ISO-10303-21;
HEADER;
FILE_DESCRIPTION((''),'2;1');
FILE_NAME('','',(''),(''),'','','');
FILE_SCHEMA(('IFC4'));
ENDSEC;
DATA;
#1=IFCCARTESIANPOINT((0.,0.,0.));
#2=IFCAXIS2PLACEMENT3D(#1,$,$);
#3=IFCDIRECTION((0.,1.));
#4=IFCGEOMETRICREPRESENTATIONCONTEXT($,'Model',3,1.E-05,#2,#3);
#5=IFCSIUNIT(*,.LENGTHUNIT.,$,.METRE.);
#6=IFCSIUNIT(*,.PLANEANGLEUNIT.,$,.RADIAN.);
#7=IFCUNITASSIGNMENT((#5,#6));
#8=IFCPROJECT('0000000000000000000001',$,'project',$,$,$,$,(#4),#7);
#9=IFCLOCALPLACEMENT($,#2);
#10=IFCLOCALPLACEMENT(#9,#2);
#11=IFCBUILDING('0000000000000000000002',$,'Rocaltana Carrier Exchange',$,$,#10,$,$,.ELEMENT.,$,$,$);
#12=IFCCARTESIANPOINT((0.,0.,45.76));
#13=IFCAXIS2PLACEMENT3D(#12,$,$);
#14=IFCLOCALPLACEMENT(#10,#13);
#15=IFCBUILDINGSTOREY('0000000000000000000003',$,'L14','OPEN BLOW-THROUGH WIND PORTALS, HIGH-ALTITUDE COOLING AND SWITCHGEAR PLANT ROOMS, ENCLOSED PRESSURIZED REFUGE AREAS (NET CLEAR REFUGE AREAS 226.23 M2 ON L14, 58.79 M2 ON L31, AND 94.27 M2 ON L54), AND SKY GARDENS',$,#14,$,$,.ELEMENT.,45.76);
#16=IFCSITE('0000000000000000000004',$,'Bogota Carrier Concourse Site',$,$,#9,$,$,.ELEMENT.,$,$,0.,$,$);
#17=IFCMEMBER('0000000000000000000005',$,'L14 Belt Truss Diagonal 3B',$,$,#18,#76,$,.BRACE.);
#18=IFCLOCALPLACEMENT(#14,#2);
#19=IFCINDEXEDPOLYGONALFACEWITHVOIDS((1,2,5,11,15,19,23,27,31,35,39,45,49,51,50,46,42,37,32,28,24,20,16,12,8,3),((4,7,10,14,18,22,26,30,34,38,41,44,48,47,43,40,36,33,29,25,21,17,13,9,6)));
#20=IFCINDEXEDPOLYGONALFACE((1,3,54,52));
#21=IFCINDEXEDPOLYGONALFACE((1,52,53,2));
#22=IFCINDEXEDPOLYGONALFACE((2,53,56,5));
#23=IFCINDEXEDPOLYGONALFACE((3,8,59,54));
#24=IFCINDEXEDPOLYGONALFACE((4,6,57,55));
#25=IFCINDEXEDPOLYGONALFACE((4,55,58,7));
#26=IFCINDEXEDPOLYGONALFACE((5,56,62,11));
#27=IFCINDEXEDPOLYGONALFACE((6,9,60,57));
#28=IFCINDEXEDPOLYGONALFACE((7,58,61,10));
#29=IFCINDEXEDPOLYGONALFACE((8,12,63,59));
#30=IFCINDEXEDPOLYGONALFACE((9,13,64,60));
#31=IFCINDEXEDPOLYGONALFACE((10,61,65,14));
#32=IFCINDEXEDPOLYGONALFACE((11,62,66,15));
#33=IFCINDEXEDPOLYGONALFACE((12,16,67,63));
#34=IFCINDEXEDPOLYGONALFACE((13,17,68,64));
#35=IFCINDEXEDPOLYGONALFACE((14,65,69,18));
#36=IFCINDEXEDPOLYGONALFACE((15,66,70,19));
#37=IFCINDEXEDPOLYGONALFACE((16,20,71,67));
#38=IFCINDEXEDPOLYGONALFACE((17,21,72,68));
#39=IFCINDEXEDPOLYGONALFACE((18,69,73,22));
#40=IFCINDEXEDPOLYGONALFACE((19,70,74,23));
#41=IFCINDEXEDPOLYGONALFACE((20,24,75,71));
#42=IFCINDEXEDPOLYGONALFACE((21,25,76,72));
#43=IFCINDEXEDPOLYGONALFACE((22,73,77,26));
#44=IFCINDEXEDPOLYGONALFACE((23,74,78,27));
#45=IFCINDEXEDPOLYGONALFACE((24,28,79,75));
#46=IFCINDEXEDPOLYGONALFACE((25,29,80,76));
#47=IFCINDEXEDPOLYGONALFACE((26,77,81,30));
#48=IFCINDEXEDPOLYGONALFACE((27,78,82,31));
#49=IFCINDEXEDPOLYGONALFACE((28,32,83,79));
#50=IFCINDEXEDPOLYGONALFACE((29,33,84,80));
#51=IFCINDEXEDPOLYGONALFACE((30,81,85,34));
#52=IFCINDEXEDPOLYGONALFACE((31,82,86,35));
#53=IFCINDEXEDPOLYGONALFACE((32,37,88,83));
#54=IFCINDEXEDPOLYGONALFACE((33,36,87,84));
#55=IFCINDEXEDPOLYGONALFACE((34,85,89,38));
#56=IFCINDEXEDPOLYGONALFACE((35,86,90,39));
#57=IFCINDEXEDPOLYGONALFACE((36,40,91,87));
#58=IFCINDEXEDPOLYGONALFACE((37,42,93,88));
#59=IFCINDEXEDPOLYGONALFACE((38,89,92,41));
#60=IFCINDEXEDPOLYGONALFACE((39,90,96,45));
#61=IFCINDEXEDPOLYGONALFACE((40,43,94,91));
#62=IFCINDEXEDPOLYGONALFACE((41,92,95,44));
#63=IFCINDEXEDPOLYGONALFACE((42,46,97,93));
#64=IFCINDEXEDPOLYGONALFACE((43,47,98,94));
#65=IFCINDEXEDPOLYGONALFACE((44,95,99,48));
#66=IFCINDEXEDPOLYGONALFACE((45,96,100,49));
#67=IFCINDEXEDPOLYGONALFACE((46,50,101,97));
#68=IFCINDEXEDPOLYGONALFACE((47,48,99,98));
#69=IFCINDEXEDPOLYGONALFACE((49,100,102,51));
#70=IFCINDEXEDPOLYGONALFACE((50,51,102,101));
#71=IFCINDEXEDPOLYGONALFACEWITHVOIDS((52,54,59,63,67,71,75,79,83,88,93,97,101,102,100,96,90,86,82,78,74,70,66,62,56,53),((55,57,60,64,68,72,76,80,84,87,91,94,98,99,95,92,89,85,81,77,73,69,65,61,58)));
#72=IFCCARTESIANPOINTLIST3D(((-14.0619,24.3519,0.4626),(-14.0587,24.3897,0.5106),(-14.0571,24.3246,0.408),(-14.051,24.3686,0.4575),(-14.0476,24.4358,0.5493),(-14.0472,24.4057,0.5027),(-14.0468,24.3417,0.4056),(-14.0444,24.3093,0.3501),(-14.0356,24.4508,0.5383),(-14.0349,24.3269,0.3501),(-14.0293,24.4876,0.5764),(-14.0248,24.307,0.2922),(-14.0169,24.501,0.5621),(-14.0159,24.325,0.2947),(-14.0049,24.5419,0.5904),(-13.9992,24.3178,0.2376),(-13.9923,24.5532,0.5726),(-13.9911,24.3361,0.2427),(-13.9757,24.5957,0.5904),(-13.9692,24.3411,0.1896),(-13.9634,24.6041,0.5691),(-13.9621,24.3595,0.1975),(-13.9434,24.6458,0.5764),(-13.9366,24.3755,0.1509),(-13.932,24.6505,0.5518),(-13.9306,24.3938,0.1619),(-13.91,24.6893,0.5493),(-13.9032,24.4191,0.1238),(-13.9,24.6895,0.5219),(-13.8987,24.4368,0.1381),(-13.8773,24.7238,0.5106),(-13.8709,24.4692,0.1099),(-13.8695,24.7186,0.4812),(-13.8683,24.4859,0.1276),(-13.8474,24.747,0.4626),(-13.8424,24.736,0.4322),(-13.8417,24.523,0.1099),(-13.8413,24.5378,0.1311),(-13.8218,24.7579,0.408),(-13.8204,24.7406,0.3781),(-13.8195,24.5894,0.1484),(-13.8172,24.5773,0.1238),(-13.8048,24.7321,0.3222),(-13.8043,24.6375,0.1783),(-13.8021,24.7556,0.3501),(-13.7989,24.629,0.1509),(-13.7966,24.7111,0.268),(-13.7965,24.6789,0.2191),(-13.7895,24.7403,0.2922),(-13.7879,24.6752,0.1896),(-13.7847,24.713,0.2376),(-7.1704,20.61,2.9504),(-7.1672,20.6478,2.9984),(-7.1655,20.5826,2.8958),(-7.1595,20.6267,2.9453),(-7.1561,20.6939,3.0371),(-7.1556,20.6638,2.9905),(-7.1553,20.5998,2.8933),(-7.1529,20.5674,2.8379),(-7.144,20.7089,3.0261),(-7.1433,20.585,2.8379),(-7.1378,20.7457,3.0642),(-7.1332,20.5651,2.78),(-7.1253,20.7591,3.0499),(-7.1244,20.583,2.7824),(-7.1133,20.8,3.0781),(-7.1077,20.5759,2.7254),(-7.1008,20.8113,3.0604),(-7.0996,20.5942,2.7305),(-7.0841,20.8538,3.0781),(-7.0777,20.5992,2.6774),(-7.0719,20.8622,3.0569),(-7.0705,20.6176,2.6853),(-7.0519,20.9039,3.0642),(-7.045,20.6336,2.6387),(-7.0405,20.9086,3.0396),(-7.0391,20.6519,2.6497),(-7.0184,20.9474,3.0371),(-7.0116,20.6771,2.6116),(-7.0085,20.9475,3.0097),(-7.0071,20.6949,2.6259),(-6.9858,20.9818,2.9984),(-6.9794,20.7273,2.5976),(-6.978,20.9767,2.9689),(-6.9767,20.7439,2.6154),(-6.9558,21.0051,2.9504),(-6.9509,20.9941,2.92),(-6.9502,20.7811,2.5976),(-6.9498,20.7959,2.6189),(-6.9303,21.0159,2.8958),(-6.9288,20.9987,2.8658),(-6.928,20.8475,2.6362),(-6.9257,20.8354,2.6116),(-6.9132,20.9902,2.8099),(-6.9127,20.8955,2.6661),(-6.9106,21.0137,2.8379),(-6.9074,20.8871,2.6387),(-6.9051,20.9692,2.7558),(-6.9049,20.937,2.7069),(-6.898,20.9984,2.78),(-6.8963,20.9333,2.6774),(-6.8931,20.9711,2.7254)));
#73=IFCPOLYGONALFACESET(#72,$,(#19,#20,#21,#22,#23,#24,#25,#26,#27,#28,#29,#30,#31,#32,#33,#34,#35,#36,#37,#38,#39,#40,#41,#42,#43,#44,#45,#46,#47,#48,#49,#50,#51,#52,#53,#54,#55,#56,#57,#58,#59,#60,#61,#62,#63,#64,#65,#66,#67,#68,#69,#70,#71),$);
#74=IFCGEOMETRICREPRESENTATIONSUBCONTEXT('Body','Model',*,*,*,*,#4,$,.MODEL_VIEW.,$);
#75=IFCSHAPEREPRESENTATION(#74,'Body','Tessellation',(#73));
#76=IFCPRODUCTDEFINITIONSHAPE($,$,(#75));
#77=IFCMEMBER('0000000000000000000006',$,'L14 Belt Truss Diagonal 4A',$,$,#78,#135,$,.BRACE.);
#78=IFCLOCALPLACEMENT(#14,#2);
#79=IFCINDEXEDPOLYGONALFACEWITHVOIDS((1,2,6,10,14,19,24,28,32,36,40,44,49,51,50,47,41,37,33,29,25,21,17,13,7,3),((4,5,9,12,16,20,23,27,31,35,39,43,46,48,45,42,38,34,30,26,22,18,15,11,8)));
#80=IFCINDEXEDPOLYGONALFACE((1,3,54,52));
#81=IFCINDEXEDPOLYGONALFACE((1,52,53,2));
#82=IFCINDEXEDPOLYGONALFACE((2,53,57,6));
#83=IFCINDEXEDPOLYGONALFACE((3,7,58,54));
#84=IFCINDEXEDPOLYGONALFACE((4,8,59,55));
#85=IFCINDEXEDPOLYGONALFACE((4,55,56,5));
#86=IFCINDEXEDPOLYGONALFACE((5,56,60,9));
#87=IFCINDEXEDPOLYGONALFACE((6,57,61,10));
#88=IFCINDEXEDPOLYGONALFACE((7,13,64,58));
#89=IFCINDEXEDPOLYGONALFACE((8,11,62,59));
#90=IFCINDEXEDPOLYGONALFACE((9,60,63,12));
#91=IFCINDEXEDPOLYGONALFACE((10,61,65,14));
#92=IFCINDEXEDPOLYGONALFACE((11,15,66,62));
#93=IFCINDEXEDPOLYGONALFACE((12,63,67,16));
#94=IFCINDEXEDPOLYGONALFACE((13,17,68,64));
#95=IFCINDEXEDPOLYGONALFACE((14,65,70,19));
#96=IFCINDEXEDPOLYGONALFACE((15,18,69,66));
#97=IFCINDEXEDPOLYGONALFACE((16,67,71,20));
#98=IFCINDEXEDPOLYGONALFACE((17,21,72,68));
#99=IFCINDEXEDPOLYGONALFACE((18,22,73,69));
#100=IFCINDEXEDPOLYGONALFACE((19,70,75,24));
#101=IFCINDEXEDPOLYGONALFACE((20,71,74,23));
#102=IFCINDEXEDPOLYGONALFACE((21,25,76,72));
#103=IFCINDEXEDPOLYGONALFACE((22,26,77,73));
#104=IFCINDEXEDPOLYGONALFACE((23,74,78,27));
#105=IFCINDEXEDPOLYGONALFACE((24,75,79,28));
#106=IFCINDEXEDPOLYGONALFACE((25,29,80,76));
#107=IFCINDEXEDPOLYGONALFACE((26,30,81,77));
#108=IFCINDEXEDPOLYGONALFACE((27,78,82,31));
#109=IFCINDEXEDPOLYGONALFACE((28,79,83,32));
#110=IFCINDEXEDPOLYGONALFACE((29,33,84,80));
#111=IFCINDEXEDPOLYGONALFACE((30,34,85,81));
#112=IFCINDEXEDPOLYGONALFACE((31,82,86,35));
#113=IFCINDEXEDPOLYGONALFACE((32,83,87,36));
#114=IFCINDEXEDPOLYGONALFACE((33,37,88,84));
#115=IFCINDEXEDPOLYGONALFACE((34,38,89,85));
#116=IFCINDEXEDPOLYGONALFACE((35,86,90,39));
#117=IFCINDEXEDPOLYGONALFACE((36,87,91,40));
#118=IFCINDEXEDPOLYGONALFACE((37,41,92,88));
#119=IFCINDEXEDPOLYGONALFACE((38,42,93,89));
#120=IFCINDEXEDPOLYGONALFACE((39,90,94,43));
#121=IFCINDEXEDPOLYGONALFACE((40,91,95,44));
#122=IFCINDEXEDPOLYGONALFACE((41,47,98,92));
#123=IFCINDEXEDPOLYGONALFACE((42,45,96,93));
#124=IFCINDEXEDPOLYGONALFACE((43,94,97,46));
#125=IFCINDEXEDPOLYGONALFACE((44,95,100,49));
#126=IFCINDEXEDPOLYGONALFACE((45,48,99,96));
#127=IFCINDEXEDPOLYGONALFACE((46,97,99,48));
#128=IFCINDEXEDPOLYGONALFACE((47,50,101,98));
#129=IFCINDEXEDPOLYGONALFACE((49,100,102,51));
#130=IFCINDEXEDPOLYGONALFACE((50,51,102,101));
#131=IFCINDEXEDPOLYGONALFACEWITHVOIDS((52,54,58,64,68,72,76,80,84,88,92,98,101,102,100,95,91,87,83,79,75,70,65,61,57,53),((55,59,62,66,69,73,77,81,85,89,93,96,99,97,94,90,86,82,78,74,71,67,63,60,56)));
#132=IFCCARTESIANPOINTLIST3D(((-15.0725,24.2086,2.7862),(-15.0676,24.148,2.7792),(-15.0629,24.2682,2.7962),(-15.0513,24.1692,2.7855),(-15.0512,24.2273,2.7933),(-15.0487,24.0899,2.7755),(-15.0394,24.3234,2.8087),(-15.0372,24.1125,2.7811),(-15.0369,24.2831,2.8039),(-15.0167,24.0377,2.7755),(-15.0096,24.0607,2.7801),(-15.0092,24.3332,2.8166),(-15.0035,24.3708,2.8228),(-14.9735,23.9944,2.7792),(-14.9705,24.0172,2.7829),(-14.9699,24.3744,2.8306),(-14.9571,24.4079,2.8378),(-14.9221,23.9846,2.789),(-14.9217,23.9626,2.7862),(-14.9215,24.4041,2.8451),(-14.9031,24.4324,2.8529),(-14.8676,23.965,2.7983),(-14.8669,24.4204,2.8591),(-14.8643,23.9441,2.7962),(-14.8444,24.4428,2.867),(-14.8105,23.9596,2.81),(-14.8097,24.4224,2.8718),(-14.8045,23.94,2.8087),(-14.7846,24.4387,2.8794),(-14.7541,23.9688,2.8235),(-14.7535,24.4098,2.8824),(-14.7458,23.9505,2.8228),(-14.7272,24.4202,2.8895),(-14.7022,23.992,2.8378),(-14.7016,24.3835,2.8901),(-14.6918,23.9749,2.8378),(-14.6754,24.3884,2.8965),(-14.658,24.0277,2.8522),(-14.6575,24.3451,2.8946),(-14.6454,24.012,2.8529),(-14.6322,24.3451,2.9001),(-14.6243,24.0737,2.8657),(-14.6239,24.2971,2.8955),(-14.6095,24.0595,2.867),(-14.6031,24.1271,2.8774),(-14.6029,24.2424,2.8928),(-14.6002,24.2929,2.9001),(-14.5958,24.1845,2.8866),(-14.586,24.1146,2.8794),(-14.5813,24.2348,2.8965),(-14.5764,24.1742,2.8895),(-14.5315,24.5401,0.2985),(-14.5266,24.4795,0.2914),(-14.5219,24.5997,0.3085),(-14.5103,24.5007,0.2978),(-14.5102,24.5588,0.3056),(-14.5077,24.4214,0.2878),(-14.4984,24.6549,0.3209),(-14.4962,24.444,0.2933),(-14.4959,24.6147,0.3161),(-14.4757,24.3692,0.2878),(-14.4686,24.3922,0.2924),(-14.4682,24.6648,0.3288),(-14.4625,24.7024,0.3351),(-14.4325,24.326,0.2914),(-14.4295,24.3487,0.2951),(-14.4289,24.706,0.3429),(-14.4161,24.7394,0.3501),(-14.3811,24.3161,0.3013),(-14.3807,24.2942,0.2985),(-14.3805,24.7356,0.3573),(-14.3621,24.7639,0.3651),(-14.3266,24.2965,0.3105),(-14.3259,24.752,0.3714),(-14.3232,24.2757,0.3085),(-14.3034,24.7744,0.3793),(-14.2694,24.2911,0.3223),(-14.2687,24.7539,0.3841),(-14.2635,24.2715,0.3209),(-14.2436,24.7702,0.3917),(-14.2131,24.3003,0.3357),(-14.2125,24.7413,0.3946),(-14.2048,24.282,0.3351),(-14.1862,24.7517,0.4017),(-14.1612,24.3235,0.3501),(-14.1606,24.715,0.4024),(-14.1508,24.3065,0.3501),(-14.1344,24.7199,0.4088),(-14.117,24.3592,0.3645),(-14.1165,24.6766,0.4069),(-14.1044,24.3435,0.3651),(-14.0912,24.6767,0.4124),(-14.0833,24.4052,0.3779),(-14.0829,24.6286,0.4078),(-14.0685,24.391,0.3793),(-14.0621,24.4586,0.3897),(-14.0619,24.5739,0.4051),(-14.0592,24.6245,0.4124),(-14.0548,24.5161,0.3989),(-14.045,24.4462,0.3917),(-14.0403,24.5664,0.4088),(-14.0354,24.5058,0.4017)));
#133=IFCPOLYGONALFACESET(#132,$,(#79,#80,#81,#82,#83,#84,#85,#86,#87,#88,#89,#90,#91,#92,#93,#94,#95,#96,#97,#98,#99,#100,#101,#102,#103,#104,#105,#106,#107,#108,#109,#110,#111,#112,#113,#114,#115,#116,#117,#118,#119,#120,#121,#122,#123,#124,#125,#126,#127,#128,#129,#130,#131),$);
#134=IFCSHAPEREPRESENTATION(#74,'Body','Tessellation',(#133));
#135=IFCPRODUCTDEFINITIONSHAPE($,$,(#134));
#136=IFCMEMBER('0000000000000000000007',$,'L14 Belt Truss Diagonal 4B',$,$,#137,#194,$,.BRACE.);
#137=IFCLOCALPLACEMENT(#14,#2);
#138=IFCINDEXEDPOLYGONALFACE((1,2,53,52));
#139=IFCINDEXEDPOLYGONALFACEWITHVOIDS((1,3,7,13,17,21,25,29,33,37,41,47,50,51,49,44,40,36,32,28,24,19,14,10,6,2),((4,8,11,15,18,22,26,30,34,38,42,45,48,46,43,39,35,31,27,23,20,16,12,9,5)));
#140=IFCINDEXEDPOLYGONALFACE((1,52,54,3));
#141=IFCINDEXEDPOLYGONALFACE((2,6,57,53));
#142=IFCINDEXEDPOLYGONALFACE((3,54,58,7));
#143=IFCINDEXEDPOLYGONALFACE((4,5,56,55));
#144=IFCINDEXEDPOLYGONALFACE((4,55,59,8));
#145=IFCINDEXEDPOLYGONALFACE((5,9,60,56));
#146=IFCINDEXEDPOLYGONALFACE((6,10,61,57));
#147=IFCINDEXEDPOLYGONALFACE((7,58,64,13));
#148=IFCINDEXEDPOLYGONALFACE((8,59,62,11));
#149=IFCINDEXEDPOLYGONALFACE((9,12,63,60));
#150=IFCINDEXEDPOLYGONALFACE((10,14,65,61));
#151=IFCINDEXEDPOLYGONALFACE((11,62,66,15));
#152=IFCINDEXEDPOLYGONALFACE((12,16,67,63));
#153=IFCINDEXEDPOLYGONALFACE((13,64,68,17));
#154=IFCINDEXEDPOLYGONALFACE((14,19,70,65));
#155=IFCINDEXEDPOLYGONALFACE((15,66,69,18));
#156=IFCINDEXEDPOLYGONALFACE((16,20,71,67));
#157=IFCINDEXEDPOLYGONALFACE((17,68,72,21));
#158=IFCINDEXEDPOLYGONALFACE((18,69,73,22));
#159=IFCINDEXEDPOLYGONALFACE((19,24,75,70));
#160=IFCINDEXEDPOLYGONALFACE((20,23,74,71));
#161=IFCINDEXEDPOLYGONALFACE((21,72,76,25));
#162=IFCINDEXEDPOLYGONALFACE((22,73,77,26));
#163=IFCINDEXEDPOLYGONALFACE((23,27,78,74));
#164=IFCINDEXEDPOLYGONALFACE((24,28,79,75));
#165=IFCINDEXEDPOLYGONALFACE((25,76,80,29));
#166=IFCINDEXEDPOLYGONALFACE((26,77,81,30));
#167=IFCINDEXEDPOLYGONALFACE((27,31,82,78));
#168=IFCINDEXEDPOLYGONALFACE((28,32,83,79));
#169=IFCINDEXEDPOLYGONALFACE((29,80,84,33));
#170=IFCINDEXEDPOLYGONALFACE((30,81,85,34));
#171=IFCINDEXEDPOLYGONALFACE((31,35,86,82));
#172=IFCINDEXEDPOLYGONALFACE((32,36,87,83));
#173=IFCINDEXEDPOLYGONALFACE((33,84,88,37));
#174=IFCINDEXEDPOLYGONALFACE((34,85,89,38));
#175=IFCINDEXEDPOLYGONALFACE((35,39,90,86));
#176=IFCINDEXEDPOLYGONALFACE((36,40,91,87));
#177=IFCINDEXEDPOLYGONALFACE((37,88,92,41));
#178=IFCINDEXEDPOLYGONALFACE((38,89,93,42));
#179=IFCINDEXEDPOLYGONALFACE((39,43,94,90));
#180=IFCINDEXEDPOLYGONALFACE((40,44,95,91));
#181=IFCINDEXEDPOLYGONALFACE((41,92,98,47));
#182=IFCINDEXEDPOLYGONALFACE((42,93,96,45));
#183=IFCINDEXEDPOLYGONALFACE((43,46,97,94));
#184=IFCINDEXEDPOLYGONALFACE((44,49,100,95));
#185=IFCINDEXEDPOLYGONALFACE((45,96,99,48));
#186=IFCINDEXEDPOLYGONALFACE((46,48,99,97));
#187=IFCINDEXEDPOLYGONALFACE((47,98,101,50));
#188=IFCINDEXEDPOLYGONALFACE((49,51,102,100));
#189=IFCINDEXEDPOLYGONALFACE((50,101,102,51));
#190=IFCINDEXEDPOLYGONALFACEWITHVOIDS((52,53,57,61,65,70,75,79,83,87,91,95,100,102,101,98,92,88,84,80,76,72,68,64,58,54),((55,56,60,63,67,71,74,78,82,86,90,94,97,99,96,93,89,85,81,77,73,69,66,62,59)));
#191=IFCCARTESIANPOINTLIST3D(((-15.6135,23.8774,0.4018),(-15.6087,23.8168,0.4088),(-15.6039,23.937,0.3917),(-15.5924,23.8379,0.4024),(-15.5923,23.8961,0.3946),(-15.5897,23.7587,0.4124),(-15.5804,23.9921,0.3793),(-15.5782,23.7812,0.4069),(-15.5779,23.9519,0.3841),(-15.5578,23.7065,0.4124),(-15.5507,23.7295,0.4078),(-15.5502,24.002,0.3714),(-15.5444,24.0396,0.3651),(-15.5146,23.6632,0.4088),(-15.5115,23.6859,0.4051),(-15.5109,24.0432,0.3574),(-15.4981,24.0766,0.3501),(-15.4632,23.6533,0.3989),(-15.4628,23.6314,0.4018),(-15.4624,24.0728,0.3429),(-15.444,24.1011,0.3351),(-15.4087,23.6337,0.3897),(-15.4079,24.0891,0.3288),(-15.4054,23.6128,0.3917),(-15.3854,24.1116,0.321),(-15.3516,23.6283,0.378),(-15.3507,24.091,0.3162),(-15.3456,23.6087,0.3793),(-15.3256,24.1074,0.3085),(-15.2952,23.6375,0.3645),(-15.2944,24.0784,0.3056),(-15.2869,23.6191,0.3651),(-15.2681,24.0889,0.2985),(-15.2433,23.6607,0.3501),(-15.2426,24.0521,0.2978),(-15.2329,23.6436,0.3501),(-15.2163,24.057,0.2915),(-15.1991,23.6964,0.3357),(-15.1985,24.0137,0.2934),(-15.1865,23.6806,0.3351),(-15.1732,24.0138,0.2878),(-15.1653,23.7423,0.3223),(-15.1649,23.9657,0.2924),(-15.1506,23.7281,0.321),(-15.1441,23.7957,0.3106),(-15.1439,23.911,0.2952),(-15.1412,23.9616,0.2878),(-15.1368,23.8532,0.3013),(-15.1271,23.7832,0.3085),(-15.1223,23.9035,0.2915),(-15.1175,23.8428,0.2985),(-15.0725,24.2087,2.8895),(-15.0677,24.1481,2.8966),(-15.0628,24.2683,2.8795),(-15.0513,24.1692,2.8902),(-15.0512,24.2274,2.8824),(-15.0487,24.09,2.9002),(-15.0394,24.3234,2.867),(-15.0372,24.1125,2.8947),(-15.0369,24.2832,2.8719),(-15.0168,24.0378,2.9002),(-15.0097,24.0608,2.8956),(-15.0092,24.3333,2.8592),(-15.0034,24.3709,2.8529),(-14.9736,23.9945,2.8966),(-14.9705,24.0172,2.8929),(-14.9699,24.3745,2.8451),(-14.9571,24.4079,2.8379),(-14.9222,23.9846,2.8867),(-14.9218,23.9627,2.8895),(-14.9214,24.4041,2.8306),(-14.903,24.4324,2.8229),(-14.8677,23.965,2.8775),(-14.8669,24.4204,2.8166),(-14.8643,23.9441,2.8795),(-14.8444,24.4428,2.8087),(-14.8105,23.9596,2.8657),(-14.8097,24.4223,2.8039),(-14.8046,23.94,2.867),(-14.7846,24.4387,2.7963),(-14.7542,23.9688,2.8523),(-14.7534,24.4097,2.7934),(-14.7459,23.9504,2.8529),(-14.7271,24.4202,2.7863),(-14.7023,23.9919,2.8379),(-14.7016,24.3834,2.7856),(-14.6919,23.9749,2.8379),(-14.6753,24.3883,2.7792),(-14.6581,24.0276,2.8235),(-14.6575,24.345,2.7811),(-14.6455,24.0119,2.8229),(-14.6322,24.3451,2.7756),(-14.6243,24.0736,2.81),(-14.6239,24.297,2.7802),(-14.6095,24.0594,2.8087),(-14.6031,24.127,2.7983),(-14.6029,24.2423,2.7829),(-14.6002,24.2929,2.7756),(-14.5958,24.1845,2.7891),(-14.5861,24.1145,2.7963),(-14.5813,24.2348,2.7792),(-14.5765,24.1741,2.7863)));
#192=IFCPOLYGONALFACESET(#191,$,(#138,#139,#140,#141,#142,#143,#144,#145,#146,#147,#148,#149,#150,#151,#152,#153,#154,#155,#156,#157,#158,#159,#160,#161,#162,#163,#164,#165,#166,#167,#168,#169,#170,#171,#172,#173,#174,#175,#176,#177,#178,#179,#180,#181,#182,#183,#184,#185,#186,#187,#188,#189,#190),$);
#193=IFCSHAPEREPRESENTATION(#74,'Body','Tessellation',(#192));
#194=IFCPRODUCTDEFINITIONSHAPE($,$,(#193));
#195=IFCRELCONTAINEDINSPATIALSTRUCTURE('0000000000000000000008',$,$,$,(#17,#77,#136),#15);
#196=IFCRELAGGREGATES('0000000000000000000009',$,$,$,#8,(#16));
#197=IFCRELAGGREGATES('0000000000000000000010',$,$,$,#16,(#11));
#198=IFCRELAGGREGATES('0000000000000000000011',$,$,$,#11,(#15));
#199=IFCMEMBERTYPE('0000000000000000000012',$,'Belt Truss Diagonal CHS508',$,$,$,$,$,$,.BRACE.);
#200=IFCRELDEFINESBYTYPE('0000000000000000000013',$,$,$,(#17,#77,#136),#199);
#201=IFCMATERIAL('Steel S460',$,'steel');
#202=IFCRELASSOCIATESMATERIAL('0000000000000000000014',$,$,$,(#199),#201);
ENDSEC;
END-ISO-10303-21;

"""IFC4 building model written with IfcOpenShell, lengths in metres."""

from ifc_helpers import new_model, si_unit, direction, frame, origin, origin_2d, place, context, subcontext, project, spatial, hollow_circle, extrude, material, material_profile, profile_set, type_object, element, save


model = new_model("IFC4")

# Units and contexts
model_context = context("Model", 3, precision=1e-05, world=origin(), true_north=direction((0.0, 1.0)))
body_context = subcontext(model_context, "Body", "Model", "MODEL_VIEW")
ifc_project = project(units=[si_unit("LENGTHUNIT", "METRE"), si_unit("PLANEANGLEUNIT", "RADIAN")], contexts=[model_context])

# Site, building, storey
site_placement = place(None, origin())
site = spatial("IfcSite", under=ifc_project, at=site_placement, Name="Bogota Carrier Concourse Site", CompositionType="ELEMENT", RefElevation=0.0)
building_placement = place(site_placement, origin())
building = spatial("IfcBuilding", under=site, at=building_placement, Name="Rocaltana Carrier Exchange", CompositionType="ELEMENT")
storey_placement = place(building_placement, frame((0.0, 0.0, 45.76)))
storey = spatial("IfcBuildingStorey", under=building, at=storey_placement, Name="L14", Description="OPEN BLOW-THROUGH WIND PORTALS, HIGH-ALTITUDE COOLING AND SWITCHGEAR PLANT ROOMS, ENCLOSED PRESSURIZED REFUGE AREAS (NET CLEAR REFUGE AREAS 226.23 M2 ON L14, 58.79 M2 ON L31, AND 94.27 M2 ON L54), AND SKY GARDENS", CompositionType="ELEMENT", Elevation=45.76)

# Members
ifc_material_1 = material(Name="Steel S460", Category="steel")
ifc_material_profile_1 = material_profile(ifc_material_1, hollow_circle(Radius=0.2539, WallThickness=0.02, at=origin_2d()), Name="CHS508X20")
ifc_profile_set_1 = profile_set([ifc_material_profile_1], Name="Steel S460")
member_type_1 = type_object("IfcMemberType", Name="Belt Truss Diagonal CHS508", PredefinedType="BRACE", material=ifc_profile_set_1)
member_1_placement = place(storey_placement, frame((-7.0317, 20.7905, 2.8379), z_axis=(-0.837669, 0.454831, -0.302389), x_axis=(-0.477169, -0.878811, 0.0)))
element("IfcMember", 1, at=member_1_placement, inside=storey, type_object=member_type_1, Name="L14 Belt Truss Diagonal 3B", PredefinedType="BRACE", context=body_context, shape_type="SweptSolid", body=[
    extrude(hollow_circle(Radius=0.2539, WallThickness=0.02, at=origin_2d()), origin(), (0.0, 0.0, 1.0), 8.2271),
])
for number, where, z_axis, x_axis, name in (
    (2, (-14.2834, 24.5229, 0.3501), (-0.210722, -0.129134, 0.968979), (0.522508, -0.852634, 0.0), "L14 Belt Truss Diagonal 4A"),
    (3, (-14.8245, 24.1914, 2.8379), (-0.210725, -0.12904, -0.968991), (0.522228, -0.852806, 0.0), "L14 Belt Truss Diagonal 4B"),
):
    element("IfcMember", number, at=place(storey_placement, frame(where, z_axis=z_axis, x_axis=x_axis)), inside=storey, type_object=member_type_1, Name=name, PredefinedType="BRACE", context=body_context, shape_type="SweptSolid", body=[
        extrude(hollow_circle(Radius=0.2539, WallThickness=0.02, at=origin_2d()), origin(), (0.0, 0.0, 1.0), 2.5674),
    ])

save(model, "model.ifc")
